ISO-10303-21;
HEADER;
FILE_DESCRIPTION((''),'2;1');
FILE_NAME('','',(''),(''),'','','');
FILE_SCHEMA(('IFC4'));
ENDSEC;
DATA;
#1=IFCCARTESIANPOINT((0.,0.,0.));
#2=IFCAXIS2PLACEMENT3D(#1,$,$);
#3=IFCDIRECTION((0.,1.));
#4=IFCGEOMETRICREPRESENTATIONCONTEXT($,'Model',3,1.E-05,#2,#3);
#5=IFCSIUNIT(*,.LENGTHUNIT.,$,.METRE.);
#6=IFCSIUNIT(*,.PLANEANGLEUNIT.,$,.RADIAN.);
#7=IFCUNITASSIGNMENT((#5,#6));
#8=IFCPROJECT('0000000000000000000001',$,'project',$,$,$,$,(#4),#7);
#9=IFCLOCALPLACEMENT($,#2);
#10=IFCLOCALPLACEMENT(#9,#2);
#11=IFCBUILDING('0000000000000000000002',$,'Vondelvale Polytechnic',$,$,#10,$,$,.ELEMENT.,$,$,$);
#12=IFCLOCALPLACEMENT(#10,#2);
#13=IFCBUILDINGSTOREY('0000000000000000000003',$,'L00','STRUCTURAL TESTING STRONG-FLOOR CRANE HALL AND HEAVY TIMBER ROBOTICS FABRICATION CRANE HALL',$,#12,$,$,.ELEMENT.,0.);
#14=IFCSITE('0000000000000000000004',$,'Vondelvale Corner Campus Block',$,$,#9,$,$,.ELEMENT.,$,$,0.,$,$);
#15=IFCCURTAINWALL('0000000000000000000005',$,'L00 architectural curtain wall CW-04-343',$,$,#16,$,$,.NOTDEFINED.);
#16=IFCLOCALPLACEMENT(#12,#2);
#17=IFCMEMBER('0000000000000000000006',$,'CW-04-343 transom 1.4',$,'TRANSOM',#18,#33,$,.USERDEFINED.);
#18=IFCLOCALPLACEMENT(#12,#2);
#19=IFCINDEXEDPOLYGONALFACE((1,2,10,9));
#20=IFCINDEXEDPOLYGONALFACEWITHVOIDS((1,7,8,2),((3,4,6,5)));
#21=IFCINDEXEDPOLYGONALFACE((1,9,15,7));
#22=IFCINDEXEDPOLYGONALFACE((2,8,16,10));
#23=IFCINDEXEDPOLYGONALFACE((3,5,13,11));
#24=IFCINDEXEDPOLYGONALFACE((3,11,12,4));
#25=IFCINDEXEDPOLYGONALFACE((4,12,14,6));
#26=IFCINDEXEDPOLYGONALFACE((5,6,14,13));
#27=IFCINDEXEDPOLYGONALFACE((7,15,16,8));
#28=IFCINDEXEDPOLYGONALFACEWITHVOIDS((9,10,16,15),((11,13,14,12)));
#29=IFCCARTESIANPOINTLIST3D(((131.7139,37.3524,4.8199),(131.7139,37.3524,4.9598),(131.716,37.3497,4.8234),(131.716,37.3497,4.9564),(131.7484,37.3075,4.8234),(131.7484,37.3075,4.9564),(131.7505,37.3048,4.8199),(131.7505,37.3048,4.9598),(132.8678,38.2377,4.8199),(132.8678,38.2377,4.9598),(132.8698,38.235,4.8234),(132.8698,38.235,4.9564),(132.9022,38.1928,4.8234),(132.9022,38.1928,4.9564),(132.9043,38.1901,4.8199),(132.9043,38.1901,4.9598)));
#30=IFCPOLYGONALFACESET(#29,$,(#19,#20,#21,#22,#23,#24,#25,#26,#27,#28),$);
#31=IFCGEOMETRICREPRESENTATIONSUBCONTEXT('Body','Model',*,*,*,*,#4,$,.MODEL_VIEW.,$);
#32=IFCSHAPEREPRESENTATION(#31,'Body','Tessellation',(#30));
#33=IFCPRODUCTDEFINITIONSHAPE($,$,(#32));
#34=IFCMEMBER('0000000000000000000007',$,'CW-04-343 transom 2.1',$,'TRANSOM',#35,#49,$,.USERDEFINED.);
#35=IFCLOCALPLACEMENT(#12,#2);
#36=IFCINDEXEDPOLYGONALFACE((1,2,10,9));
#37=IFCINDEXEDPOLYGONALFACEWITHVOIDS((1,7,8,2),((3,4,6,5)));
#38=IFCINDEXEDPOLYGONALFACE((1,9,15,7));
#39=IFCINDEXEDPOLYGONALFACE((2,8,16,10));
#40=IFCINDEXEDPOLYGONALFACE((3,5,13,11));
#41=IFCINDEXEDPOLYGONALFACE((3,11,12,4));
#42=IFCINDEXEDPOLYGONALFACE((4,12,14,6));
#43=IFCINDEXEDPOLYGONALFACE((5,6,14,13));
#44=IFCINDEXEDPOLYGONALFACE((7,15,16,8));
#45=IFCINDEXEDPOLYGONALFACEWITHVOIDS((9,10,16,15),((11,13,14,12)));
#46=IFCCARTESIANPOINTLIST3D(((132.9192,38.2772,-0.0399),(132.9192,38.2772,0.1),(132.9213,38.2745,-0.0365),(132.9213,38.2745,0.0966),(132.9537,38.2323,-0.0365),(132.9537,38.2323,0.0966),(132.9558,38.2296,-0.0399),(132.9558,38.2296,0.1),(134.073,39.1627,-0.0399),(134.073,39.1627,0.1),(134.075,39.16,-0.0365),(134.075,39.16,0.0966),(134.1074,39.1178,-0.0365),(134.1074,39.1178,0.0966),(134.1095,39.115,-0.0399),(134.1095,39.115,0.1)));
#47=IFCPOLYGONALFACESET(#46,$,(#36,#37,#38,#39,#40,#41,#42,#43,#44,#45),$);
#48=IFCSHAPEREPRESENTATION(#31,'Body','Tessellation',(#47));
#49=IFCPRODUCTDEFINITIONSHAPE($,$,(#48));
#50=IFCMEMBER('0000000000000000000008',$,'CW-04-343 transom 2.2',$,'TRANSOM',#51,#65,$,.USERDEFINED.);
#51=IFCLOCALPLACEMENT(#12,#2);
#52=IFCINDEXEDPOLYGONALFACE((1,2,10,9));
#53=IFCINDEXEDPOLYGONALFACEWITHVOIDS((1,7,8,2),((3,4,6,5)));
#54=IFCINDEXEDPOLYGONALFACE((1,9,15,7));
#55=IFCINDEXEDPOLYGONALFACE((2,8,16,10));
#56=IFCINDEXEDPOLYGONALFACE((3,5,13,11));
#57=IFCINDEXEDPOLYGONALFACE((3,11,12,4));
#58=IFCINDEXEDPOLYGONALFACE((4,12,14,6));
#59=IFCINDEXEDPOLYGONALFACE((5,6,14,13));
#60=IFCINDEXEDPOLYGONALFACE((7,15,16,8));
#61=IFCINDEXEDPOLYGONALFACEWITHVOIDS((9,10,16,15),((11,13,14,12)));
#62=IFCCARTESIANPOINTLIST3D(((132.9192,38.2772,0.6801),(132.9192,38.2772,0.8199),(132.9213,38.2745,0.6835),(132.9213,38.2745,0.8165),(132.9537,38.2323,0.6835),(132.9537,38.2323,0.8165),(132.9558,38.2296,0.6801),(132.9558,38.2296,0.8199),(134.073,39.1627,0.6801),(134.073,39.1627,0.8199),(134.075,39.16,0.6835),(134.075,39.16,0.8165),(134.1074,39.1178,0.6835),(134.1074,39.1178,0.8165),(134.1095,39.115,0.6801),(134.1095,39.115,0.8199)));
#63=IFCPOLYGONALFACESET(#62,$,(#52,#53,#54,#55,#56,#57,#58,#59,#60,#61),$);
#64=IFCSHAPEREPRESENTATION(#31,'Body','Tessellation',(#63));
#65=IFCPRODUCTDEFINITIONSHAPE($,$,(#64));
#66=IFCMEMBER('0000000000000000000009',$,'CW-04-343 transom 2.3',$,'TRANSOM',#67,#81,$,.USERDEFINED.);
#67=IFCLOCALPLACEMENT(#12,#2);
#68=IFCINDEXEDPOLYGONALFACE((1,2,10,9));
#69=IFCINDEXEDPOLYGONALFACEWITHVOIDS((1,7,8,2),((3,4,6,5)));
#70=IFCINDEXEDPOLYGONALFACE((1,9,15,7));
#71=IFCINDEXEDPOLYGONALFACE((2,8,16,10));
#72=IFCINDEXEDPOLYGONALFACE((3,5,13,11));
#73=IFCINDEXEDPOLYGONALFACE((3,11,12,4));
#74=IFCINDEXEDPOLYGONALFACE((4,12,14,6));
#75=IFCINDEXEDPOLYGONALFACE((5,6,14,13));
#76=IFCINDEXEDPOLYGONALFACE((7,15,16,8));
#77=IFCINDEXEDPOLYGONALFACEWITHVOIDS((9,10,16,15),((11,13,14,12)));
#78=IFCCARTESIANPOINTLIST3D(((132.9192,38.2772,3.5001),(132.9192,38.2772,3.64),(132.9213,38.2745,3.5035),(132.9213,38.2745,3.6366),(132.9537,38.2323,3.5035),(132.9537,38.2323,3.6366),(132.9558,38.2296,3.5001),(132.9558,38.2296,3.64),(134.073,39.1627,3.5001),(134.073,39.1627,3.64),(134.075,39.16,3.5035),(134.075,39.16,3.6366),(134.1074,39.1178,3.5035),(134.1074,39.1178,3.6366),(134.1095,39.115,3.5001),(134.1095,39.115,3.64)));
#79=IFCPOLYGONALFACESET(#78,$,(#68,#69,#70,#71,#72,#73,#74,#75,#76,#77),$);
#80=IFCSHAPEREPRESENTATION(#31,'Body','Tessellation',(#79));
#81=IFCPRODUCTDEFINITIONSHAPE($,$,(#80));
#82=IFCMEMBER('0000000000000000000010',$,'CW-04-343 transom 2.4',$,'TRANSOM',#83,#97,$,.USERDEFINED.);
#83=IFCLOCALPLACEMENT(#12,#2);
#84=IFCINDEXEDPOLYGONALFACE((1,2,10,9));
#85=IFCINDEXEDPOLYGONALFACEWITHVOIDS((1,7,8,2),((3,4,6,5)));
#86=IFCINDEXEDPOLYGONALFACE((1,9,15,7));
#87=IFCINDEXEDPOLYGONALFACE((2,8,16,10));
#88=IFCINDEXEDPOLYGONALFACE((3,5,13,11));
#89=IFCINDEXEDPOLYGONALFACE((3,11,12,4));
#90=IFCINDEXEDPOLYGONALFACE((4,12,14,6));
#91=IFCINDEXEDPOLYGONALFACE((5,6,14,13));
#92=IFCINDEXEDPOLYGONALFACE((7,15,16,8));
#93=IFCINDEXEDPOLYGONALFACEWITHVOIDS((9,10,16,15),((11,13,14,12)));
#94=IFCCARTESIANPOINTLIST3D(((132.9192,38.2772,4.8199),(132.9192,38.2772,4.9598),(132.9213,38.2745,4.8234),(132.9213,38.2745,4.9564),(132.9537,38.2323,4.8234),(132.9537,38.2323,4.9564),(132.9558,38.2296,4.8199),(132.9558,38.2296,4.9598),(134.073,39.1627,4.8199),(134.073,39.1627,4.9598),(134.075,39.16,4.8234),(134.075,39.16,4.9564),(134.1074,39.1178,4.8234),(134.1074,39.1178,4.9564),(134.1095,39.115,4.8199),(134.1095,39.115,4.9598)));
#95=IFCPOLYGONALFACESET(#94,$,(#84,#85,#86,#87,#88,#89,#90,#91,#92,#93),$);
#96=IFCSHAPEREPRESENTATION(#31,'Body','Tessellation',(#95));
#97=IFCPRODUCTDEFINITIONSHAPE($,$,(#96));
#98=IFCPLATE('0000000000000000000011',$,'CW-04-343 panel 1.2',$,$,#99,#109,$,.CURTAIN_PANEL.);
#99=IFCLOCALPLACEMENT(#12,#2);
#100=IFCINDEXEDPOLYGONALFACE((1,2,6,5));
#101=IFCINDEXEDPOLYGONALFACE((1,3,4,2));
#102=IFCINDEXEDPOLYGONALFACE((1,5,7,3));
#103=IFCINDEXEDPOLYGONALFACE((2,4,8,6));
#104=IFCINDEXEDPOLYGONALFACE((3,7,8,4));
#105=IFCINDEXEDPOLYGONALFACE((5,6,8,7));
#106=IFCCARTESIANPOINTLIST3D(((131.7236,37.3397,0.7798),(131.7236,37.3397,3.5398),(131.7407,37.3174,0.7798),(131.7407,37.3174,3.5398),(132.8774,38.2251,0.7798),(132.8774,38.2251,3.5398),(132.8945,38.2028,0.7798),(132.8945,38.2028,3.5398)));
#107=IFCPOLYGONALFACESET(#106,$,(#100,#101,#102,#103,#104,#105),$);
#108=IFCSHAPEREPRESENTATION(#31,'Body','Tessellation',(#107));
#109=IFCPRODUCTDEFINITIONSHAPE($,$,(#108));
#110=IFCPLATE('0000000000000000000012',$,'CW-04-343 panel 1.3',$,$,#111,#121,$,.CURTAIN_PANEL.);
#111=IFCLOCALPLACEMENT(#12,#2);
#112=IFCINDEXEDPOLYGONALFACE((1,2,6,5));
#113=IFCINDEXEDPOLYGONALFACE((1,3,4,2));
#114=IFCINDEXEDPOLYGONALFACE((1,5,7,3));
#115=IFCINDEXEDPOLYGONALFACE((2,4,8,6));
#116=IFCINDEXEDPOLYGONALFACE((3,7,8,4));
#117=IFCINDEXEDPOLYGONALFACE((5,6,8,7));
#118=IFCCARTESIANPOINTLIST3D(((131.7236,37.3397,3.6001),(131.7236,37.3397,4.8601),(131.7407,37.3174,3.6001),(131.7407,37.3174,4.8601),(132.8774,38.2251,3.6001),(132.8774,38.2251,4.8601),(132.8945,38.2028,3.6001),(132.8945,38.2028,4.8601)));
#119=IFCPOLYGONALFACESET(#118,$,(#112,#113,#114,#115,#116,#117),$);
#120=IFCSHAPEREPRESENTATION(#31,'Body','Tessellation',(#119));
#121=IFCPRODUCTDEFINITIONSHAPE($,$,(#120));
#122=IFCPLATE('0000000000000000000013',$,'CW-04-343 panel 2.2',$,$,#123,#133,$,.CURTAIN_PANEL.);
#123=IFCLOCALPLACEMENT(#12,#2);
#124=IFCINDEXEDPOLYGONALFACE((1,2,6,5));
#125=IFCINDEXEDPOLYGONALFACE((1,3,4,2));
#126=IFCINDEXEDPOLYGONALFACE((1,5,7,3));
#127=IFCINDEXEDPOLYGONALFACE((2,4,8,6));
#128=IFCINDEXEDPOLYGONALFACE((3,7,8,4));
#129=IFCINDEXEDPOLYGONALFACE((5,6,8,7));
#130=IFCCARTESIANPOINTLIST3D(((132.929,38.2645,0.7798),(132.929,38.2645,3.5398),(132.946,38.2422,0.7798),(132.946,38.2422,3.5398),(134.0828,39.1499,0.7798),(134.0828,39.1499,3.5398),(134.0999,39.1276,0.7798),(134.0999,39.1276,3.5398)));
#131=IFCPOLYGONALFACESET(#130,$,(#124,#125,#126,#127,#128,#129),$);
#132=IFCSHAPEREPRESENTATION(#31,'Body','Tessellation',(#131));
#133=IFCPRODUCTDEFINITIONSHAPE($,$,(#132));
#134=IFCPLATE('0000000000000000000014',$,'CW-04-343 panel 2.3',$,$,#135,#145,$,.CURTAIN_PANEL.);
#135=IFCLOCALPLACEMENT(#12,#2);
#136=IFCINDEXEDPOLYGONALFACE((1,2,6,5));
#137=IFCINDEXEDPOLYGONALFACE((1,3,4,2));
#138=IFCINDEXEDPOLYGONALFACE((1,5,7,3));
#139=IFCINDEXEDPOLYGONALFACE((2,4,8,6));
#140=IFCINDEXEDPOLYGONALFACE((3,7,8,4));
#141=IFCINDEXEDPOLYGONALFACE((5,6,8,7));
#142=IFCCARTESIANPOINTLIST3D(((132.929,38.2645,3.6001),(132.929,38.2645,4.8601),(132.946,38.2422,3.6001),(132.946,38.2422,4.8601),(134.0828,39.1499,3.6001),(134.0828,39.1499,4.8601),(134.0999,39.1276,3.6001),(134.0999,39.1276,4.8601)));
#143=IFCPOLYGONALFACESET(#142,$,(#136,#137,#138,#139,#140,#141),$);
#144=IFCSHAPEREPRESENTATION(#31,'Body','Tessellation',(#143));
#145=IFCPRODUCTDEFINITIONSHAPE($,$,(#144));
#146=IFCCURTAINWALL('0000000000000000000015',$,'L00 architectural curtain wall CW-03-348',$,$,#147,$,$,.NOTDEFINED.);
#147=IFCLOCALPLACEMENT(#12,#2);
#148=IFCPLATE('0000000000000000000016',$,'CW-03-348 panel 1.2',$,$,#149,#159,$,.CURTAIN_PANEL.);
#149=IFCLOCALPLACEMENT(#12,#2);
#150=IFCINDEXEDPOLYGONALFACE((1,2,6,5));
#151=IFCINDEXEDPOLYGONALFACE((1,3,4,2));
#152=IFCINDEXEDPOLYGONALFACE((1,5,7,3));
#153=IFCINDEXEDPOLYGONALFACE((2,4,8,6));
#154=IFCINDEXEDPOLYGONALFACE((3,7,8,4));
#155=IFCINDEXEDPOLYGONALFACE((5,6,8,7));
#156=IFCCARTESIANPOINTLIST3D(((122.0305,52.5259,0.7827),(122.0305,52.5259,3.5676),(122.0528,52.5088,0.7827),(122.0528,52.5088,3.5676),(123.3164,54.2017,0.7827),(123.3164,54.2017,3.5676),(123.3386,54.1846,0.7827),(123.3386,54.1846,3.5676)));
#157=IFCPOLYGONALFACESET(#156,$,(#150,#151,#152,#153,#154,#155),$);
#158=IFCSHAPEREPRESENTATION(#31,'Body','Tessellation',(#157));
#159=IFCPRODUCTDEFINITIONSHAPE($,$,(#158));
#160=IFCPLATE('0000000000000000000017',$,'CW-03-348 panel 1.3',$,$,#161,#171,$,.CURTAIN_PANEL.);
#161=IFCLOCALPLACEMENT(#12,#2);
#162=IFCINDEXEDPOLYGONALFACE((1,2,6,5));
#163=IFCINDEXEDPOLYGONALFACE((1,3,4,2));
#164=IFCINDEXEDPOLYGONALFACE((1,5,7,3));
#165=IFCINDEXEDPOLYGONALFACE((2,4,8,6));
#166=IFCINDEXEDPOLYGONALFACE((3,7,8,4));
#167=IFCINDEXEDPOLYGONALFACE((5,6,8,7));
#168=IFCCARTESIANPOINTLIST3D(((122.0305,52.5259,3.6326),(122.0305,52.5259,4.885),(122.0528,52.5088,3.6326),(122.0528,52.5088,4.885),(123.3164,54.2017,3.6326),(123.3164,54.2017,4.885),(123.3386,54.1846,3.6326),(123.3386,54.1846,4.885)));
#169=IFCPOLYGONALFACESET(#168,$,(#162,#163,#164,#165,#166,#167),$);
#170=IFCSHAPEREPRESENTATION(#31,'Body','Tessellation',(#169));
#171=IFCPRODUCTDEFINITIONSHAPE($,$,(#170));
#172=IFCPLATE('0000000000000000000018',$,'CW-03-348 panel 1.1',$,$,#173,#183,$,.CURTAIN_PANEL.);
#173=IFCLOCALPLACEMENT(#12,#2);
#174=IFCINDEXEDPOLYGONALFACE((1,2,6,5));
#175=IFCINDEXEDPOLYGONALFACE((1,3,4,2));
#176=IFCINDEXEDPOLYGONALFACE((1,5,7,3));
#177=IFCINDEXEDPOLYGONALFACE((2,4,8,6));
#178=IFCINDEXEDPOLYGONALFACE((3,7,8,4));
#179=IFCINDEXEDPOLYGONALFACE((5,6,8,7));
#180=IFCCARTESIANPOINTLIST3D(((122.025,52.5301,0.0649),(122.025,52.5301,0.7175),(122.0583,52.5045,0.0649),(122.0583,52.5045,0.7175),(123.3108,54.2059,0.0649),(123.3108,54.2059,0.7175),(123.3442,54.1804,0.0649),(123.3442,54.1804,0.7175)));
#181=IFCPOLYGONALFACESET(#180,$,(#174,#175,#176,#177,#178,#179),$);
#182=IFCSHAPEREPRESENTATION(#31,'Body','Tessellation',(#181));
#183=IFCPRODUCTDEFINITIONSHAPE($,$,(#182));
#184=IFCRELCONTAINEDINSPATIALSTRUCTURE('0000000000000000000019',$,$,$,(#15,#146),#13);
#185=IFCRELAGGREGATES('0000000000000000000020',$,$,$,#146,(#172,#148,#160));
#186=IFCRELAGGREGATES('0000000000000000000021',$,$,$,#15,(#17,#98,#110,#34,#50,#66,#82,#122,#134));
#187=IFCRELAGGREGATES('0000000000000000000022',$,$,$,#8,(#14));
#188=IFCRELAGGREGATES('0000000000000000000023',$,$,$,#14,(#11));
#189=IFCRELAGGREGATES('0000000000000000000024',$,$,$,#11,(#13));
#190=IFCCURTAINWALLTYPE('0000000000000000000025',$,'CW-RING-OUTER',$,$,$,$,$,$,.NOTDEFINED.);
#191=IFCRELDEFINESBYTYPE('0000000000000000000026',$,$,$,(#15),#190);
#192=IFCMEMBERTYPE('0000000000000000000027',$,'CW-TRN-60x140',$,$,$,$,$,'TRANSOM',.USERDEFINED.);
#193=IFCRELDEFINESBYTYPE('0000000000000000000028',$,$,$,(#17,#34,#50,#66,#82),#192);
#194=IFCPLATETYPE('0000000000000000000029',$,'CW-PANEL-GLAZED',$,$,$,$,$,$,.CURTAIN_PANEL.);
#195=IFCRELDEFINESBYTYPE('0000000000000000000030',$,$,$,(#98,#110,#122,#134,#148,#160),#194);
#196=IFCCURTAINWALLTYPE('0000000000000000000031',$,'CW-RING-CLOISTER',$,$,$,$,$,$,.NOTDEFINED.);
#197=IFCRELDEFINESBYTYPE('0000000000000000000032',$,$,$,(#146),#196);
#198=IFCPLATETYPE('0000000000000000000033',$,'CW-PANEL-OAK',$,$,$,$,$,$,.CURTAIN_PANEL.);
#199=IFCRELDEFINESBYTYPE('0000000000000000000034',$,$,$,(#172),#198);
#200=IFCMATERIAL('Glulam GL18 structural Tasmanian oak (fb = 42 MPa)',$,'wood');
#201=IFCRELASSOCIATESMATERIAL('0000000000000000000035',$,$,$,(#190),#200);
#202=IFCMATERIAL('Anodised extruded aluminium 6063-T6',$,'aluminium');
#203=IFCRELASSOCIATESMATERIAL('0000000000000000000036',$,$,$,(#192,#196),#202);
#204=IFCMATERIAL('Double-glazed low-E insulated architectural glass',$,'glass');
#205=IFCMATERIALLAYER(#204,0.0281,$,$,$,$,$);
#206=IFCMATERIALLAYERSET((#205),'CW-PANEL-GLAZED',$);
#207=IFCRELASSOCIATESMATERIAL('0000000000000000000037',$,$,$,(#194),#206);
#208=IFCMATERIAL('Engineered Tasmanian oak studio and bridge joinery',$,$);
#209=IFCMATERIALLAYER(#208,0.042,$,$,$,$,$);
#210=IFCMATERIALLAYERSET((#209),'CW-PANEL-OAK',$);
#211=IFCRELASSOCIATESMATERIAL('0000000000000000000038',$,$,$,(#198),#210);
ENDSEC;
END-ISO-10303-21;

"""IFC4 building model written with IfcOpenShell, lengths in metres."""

from ifc_helpers import new_model, si_unit, direction, frame, origin, origin_2d, place, context, subcontext, project, spatial, rectangle, hollow_rectangle, extrude, material, layer, layer_set, material_profile, profile_set, type_object, element, aggregate, save


model = new_model("IFC4")

# Units and contexts
model_context = context("Model", 3, precision=1e-05, world=origin(), true_north=direction((0.0, 1.0)))
body_context = subcontext(model_context, "Body", "Model", "MODEL_VIEW")
ifc_project = project(units=[si_unit("LENGTHUNIT", "METRE"), si_unit("PLANEANGLEUNIT", "RADIAN")], contexts=[model_context])

# Site, building, storey
site_placement = place(None, origin())
site = spatial("IfcSite", under=ifc_project, at=site_placement, Name="Vondelvale Corner Campus Block", CompositionType="ELEMENT", RefElevation=0.0)
building_placement = place(site_placement, origin())
building = spatial("IfcBuilding", under=site, at=building_placement, Name="Vondelvale Polytechnic", CompositionType="ELEMENT")
storey_placement = place(building_placement, origin())
storey = spatial("IfcBuildingStorey", under=building, at=storey_placement, Name="L00", Description="STRUCTURAL TESTING STRONG-FLOOR CRANE HALL AND HEAVY TIMBER ROBOTICS FABRICATION CRANE HALL", CompositionType="ELEMENT", Elevation=0.0)

# Curtain wall, members, plates
ifc_material_1 = material(Name="Glulam GL18 structural Tasmanian oak (fb = 42 MPa)", Category="wood")
curtain_wall_type_1 = type_object("IfcCurtainWallType", Name="CW-RING-OUTER", PredefinedType="NOTDEFINED", material=ifc_material_1)
curtain_wall_1_placement = place(storey_placement, origin())
curtain_wall_1 = element("IfcCurtainWall", 1, at=curtain_wall_1_placement, inside=storey, type_object=curtain_wall_type_1, Name="L00 architectural curtain wall CW-04-343", PredefinedType="NOTDEFINED")
ifc_material_2 = material(Name="Anodised extruded aluminium 6063-T6", Category="aluminium")
ifc_material_profile_1 = material_profile(ifc_material_2, hollow_rectangle(XDim=0.0601, YDim=0.1399, WallThickness=0.0034, at=origin_2d()), Name="CW-TRN-140x60")
ifc_profile_set_1 = profile_set([ifc_material_profile_1], Name="Anodised extruded aluminium 6063-T6")
member_type_1 = type_object("IfcMemberType", Name="CW-TRN-60x140", ElementType="TRANSOM", PredefinedType="USERDEFINED", material=ifc_profile_set_1)
member_1_placement = place(storey_placement, frame((131.7322, 37.3286, 4.8899), z_axis=(0.793385, 0.608721, 0.0), x_axis=(-0.608721, 0.793385, 0.0)))
member_1 = element("IfcMember", 2, at=member_1_placement, type_object=member_type_1, Name="CW-04-343 transom 1.4", ObjectType="TRANSOM", PredefinedType="USERDEFINED", context=body_context, shape_type="SweptSolid", body=[
    extrude(hollow_rectangle(XDim=0.0601, YDim=0.1399, WallThickness=0.0034, at=origin_2d()), origin(), (0.0, 0.0, 1.0), 1.4543),
])
member_2_placement = place(storey_placement, frame((132.9375, 38.2534, 0.03), z_axis=(0.793304, 0.608826, 0.0), x_axis=(-0.608826, 0.793304, 0.0)))
member_2 = element("IfcMember", 3, at=member_2_placement, type_object=member_type_1, Name="CW-04-343 transom 2.1", ObjectType="TRANSOM", PredefinedType="USERDEFINED", context=body_context, shape_type="SweptSolid", body=[
    extrude(hollow_rectangle(XDim=0.0601, YDim=0.1399, WallThickness=0.0034, at=origin_2d()), origin(), (0.0, 0.0, 1.0), 1.4543),
])
member_3_placement = place(storey_placement, frame((132.9375, 38.2534, 0.75), z_axis=(0.793304, 0.608826, 0.0), x_axis=(-0.608826, 0.793304, 0.0)))
member_3 = element("IfcMember", 4, at=member_3_placement, type_object=member_type_1, Name="CW-04-343 transom 2.2", ObjectType="TRANSOM", PredefinedType="USERDEFINED", context=body_context, shape_type="SweptSolid", body=[
    extrude(hollow_rectangle(XDim=0.0601, YDim=0.1399, WallThickness=0.0034, at=origin_2d()), origin(), (0.0, 0.0, 1.0), 1.4543),
])
member_4_placement = place(storey_placement, frame((132.9375, 38.2534, 3.5701), z_axis=(0.793304, 0.608826, 0.0), x_axis=(-0.608826, 0.793304, 0.0)))
member_4 = element("IfcMember", 5, at=member_4_placement, type_object=member_type_1, Name="CW-04-343 transom 2.3", ObjectType="TRANSOM", PredefinedType="USERDEFINED", context=body_context, shape_type="SweptSolid", body=[
    extrude(hollow_rectangle(XDim=0.0601, YDim=0.1399, WallThickness=0.0034, at=origin_2d()), origin(), (0.0, 0.0, 1.0), 1.4543),
])
member_5_placement = place(storey_placement, frame((132.9375, 38.2534, 4.8899), z_axis=(0.793304, 0.608826, 0.0), x_axis=(-0.608826, 0.793304, 0.0)))
member_5 = element("IfcMember", 6, at=member_5_placement, type_object=member_type_1, Name="CW-04-343 transom 2.4", ObjectType="TRANSOM", PredefinedType="USERDEFINED", context=body_context, shape_type="SweptSolid", body=[
    extrude(hollow_rectangle(XDim=0.0601, YDim=0.1399, WallThickness=0.0034, at=origin_2d()), origin(), (0.0, 0.0, 1.0), 1.4543),
])
ifc_material_3 = material(Name="Double-glazed low-E insulated architectural glass", Category="glass")
ifc_layer_1 = layer(ifc_material_3, 0.0281)
ifc_layer_set_1 = layer_set([ifc_layer_1], Name="CW-PANEL-GLAZED")
plate_type_1 = type_object("IfcPlateType", Name="CW-PANEL-GLAZED", PredefinedType="CURTAIN_PANEL", material=ifc_layer_set_1)
plate_1_placement = place(storey_placement, frame((132.3091, 37.7712, 0.7798), z_axis=(0.0, 0.0, 1.0), x_axis=(0.793352, 0.608764, 0.0)))
plate_1 = element("IfcPlate", 7, at=plate_1_placement, type_object=plate_type_1, Name="CW-04-343 panel 1.2", PredefinedType="CURTAIN_PANEL", context=body_context, shape_type="SweptSolid", body=[
    extrude(rectangle(XDim=1.4543, YDim=0.0281, at=origin_2d()), origin(), (0.0, 0.0, 1.0), 2.76),
])
plate_2_placement = place(storey_placement, frame((132.3091, 37.7712, 3.6001), z_axis=(0.0, 0.0, 1.0), x_axis=(0.793352, 0.608764, 0.0)))
plate_2 = element("IfcPlate", 8, at=plate_2_placement, type_object=plate_type_1, Name="CW-04-343 panel 1.3", PredefinedType="CURTAIN_PANEL", context=body_context, shape_type="SweptSolid", body=[
    extrude(rectangle(XDim=1.4543, YDim=0.0281, at=origin_2d()), origin(), (0.0, 0.0, 1.0), 1.26),
])
plate_3_placement = place(storey_placement, frame((133.5144, 38.696, 0.7798), z_axis=(0.0, 0.0, 1.0), x_axis=(0.793352, 0.608764, 0.0)))
plate_3 = element("IfcPlate", 9, at=plate_3_placement, type_object=plate_type_1, Name="CW-04-343 panel 2.2", PredefinedType="CURTAIN_PANEL", context=body_context, shape_type="SweptSolid", body=[
    extrude(rectangle(XDim=1.4543, YDim=0.0281, at=origin_2d()), origin(), (0.0, 0.0, 1.0), 2.76),
])
plate_4_placement = place(storey_placement, frame((133.5144, 38.696, 3.6001), z_axis=(0.0, 0.0, 1.0), x_axis=(0.793352, 0.608764, 0.0)))
plate_4 = element("IfcPlate", 10, at=plate_4_placement, type_object=plate_type_1, Name="CW-04-343 panel 2.3", PredefinedType="CURTAIN_PANEL", context=body_context, shape_type="SweptSolid", body=[
    extrude(rectangle(XDim=1.4543, YDim=0.0281, at=origin_2d()), origin(), (0.0, 0.0, 1.0), 1.26),
])

# Curtain wall, plates
curtain_wall_type_2 = type_object("IfcCurtainWallType", Name="CW-RING-CLOISTER", PredefinedType="NOTDEFINED", material=ifc_material_2)
curtain_wall_2_placement = place(storey_placement, origin())
curtain_wall_2 = element("IfcCurtainWall", 11, at=curtain_wall_2_placement, inside=storey, type_object=curtain_wall_type_2, Name="L00 architectural curtain wall CW-03-348", PredefinedType="NOTDEFINED")
plate_5_placement = place(storey_placement, frame((122.6846, 53.3552, 0.7827), z_axis=(0.0, 0.0, 1.0), x_axis=(0.608748, 0.793364, 0.0)))
plate_5 = element("IfcPlate", 12, at=plate_5_placement, type_object=plate_type_1, Name="CW-03-348 panel 1.2", PredefinedType="CURTAIN_PANEL", context=body_context, shape_type="SweptSolid", body=[
    extrude(rectangle(XDim=2.1123, YDim=0.0281, at=origin_2d()), origin(), (0.0, 0.0, 1.0), 2.7849),
])
plate_6_placement = place(storey_placement, frame((122.6846, 53.3552, 3.6326), z_axis=(0.0, 0.0, 1.0), x_axis=(0.608748, 0.793364, 0.0)))
plate_6 = element("IfcPlate", 13, at=plate_6_placement, type_object=plate_type_1, Name="CW-03-348 panel 1.3", PredefinedType="CURTAIN_PANEL", context=body_context, shape_type="SweptSolid", body=[
    extrude(rectangle(XDim=2.1123, YDim=0.0281, at=origin_2d()), origin(), (0.0, 0.0, 1.0), 1.2524),
])
ifc_material_4 = material(Name="Engineered Tasmanian oak studio and bridge joinery")
ifc_layer_2 = layer(ifc_material_4, 0.042)
ifc_layer_set_2 = layer_set([ifc_layer_2], Name="CW-PANEL-OAK")
plate_type_2 = type_object("IfcPlateType", Name="CW-PANEL-OAK", PredefinedType="CURTAIN_PANEL", material=ifc_layer_set_2)
plate_7_placement = place(storey_placement, frame((122.6846, 53.3552, 0.0649), z_axis=(0.0, 0.0, 1.0), x_axis=(0.608748, 0.793364, 0.0)))
plate_7 = element("IfcPlate", 14, at=plate_7_placement, type_object=plate_type_2, Name="CW-03-348 panel 1.1", PredefinedType="CURTAIN_PANEL", context=body_context, shape_type="SweptSolid", body=[
    extrude(rectangle(XDim=2.1123, YDim=0.042, at=origin_2d()), origin(), (0.0, 0.0, 1.0), 0.6526),
])
aggregate(curtain_wall_2, [plate_7, plate_5, plate_6])

aggregate(curtain_wall_1, [member_1, plate_1, plate_2, member_2, member_3, member_4, member_5, plate_3, plate_4])

save(model, "model.ifc")
